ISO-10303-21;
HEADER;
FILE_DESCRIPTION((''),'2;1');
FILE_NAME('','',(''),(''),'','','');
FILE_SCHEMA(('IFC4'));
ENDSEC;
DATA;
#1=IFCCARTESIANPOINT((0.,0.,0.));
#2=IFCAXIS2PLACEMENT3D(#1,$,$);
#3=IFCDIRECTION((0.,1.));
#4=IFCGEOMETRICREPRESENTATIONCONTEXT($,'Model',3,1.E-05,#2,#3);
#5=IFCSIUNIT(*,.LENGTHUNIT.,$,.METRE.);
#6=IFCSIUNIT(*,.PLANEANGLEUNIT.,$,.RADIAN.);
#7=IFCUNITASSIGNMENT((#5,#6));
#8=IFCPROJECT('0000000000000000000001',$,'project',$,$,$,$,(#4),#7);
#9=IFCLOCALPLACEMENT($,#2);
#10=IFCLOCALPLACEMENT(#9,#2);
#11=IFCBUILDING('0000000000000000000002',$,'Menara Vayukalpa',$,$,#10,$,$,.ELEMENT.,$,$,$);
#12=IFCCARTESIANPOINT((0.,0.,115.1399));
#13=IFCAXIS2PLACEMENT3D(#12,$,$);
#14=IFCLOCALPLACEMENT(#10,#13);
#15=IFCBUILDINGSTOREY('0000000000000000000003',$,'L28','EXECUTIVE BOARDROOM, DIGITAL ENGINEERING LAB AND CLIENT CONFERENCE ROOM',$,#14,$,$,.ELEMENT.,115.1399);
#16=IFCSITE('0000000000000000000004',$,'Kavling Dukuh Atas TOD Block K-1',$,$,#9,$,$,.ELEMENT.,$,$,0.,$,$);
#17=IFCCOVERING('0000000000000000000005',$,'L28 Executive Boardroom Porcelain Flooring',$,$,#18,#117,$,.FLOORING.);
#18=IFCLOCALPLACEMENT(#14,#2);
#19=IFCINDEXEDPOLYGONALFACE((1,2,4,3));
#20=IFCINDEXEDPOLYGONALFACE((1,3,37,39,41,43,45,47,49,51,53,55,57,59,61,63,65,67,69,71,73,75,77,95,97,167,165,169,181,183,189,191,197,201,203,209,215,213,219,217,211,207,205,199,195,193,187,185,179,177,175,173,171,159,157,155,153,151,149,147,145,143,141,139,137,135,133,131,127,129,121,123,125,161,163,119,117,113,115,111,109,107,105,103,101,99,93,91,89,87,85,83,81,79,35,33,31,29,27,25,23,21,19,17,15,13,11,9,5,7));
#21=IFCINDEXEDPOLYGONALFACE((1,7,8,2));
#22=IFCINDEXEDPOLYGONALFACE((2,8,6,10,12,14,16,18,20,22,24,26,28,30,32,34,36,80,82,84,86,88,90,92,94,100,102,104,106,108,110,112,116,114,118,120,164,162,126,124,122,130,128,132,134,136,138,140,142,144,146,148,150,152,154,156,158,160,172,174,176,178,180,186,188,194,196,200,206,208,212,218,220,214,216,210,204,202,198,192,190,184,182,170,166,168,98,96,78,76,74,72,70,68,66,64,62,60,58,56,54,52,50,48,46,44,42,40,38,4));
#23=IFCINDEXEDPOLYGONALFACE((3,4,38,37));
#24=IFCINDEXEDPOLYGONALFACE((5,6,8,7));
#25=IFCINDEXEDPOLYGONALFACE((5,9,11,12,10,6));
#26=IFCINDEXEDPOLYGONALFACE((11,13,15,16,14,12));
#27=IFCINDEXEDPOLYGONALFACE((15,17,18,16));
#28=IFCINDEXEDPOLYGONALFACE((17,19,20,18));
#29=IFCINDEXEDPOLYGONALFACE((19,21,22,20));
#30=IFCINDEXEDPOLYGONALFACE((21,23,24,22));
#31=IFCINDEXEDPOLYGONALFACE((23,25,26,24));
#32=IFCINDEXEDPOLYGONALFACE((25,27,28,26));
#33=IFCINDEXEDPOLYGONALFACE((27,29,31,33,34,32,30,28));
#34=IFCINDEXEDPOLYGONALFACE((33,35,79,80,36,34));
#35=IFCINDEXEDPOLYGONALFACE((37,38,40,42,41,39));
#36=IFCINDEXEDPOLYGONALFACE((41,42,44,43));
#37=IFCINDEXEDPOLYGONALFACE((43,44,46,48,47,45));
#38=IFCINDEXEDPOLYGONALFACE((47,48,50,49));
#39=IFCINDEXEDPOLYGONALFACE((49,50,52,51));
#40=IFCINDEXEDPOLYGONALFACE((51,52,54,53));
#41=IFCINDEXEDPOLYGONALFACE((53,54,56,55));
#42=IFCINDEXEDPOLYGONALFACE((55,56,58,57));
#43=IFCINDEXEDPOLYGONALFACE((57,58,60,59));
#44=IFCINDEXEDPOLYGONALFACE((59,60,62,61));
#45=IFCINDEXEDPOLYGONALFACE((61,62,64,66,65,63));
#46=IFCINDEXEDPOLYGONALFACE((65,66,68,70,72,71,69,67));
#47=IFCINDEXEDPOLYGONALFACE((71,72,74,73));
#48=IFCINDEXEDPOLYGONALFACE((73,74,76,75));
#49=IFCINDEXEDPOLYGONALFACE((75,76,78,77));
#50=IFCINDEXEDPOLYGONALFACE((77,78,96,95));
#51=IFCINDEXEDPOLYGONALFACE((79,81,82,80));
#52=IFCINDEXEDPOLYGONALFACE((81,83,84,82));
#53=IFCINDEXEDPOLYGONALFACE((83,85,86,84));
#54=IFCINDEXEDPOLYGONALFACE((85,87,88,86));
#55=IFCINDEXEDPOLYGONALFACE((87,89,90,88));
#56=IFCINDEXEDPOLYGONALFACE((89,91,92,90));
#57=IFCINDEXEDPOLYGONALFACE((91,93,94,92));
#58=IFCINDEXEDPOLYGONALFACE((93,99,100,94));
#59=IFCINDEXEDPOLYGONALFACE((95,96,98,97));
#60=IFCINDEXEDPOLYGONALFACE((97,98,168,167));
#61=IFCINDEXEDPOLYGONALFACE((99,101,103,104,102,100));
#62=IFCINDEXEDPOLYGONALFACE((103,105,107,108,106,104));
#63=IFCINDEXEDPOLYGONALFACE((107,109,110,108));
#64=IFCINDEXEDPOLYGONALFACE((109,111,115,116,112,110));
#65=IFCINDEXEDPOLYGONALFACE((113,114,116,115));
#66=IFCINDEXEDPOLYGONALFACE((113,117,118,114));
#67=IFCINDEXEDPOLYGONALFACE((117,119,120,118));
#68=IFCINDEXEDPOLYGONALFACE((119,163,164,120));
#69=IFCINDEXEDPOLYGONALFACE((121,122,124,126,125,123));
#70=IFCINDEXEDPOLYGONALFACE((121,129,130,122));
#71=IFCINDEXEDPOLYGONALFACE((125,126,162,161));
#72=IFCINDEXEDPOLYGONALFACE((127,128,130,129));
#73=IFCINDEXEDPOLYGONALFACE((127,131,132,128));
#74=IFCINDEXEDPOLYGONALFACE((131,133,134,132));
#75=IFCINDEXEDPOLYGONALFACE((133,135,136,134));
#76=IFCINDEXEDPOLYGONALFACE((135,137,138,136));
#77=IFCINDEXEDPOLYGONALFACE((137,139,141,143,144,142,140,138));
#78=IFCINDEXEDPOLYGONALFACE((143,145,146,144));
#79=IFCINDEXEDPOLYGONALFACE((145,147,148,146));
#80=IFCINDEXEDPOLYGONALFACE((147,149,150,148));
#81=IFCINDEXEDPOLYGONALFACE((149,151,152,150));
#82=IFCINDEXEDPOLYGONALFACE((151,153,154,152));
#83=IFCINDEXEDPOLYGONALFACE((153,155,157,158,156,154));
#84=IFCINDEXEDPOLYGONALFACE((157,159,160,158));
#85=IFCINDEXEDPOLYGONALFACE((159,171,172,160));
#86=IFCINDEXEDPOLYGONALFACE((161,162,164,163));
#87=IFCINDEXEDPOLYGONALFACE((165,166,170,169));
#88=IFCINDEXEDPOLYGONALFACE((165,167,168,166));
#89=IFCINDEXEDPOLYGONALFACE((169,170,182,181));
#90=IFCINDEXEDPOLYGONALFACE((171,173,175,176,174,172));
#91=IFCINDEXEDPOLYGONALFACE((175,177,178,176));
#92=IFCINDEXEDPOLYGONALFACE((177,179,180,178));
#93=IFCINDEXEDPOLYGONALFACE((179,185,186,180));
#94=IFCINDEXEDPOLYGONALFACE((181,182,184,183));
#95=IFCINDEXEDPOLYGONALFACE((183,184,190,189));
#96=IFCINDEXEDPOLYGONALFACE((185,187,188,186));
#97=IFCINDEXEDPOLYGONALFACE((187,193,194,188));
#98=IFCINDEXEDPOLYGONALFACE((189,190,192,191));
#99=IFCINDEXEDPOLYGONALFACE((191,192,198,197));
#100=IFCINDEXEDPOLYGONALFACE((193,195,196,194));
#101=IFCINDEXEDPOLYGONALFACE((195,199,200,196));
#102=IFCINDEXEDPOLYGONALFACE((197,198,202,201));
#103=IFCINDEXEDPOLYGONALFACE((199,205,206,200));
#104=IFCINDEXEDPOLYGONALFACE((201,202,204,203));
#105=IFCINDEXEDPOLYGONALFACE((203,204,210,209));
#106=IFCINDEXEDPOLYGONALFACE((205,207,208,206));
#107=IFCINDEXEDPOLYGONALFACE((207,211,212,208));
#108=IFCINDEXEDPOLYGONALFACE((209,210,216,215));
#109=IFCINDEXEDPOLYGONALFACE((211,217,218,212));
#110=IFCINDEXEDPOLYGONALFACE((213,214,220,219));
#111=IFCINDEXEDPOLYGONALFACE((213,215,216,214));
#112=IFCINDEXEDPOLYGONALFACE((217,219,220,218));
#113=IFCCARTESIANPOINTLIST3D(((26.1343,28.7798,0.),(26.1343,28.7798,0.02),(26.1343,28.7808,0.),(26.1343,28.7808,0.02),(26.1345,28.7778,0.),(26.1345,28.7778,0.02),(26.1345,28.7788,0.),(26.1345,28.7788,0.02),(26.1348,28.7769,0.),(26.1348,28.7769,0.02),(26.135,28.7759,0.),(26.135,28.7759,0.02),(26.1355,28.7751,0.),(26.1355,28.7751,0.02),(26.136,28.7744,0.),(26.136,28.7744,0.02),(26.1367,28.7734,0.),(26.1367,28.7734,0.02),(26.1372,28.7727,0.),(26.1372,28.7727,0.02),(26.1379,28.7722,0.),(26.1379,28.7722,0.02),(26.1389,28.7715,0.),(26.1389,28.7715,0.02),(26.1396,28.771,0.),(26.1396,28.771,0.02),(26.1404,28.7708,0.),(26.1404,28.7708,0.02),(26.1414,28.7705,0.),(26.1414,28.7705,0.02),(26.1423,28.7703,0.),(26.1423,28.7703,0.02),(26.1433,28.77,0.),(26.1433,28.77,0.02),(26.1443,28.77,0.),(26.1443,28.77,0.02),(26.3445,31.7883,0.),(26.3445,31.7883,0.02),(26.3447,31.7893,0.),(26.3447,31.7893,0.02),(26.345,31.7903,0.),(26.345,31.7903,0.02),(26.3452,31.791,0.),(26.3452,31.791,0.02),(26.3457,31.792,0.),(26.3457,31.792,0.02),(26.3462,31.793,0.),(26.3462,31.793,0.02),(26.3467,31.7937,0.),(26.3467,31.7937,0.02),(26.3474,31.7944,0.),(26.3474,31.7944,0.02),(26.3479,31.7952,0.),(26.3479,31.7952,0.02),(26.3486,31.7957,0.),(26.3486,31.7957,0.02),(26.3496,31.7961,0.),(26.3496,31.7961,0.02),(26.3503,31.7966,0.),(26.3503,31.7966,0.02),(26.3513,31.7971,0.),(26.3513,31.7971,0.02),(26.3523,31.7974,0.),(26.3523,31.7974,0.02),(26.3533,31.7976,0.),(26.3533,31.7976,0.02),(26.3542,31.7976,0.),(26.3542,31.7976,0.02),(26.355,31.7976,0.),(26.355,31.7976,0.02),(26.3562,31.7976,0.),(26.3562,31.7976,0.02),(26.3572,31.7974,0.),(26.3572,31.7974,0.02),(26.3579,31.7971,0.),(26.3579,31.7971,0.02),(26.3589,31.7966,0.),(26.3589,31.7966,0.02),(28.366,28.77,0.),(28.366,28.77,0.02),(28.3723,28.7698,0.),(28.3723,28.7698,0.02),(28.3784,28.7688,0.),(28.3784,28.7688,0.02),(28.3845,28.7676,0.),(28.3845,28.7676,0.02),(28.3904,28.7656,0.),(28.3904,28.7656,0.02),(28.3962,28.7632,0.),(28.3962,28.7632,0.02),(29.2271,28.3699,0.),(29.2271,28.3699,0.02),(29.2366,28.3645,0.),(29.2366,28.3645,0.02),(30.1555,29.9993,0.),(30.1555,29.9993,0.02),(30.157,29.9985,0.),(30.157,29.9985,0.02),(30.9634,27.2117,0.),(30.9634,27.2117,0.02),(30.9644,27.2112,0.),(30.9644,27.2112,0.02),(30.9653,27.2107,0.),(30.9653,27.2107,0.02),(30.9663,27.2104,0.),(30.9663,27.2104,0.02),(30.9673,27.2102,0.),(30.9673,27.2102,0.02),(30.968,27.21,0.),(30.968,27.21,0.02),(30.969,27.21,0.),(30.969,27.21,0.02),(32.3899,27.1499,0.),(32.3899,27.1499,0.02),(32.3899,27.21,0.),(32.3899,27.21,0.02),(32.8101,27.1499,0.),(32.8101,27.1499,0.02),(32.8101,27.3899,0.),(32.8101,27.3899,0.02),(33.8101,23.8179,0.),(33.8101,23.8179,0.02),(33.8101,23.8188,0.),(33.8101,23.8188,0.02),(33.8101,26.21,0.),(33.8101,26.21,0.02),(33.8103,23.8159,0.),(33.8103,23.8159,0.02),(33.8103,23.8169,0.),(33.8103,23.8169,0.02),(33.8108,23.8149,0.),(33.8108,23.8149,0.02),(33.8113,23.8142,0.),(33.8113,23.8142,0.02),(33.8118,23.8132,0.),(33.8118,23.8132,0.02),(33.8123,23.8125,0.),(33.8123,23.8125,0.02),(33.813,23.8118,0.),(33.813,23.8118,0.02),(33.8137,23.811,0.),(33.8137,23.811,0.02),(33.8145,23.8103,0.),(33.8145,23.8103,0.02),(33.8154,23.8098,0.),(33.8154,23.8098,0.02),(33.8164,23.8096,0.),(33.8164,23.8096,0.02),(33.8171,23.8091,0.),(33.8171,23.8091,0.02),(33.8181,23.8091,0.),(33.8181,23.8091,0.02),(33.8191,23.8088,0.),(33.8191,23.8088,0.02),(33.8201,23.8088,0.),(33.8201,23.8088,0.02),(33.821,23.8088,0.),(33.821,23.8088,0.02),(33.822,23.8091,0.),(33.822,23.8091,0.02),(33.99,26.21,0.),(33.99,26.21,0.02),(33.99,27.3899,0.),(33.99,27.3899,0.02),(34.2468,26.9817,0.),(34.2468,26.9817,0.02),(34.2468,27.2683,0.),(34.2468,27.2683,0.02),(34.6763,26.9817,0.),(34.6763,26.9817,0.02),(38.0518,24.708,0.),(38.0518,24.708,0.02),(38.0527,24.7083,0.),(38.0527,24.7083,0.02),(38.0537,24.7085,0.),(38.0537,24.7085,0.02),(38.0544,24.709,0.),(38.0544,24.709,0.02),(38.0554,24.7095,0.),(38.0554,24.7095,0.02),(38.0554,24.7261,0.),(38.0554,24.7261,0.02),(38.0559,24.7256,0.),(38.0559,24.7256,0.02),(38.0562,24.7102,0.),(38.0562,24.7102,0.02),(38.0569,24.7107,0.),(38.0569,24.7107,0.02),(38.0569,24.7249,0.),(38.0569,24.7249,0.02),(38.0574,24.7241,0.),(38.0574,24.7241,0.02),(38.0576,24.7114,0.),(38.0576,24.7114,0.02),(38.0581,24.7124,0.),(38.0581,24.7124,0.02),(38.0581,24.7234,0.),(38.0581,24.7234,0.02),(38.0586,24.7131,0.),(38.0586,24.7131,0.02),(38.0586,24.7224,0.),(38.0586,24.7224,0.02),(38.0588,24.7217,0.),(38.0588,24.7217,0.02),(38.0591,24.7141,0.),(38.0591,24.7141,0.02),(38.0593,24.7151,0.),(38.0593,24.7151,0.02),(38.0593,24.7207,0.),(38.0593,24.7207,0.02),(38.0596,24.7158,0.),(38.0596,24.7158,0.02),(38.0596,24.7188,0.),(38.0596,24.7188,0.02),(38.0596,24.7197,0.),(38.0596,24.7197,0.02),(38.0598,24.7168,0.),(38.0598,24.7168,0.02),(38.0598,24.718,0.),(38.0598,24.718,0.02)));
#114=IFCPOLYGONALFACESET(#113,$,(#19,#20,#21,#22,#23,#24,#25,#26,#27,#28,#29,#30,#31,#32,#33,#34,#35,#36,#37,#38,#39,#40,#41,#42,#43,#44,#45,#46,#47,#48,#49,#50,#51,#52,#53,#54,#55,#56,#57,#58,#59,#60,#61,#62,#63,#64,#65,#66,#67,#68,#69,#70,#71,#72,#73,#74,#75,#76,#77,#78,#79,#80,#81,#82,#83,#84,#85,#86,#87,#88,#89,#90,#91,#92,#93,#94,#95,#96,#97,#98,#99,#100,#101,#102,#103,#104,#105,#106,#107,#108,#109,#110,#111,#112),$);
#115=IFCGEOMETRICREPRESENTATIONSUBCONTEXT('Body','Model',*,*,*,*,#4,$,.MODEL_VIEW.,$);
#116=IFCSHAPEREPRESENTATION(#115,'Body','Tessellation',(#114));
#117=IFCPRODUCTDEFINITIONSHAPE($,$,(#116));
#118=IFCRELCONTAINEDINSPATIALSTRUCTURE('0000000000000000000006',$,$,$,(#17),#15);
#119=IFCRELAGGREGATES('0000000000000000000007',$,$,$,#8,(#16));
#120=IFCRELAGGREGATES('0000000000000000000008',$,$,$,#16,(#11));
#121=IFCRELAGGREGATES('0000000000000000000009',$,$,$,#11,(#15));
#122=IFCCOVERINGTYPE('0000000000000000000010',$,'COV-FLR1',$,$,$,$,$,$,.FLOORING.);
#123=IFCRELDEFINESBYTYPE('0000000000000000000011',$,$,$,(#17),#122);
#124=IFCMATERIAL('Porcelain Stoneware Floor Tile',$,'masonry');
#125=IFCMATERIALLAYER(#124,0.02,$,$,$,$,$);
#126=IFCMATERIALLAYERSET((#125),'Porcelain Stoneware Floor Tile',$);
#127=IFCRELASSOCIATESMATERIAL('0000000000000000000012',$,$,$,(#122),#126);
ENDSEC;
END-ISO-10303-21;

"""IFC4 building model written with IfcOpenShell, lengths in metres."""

from ifc_helpers import new_model, si_unit, direction, frame, origin, place, context, subcontext, project, spatial, polyline, outline, extrude, material, layer, layer_set, type_object, element, save


model = new_model("IFC4")

# Units and contexts
model_context = context("Model", 3, precision=1e-05, world=origin(), true_north=direction((0.0, 1.0)))
body_context = subcontext(model_context, "Body", "Model", "MODEL_VIEW")
ifc_project = project(units=[si_unit("LENGTHUNIT", "METRE"), si_unit("PLANEANGLEUNIT", "RADIAN")], contexts=[model_context])

# Site, building, storey
site_placement = place(None, origin())
site = spatial("IfcSite", under=ifc_project, at=site_placement, Name="Kavling Dukuh Atas TOD Block K-1", CompositionType="ELEMENT", RefElevation=0.0)
building_placement = place(site_placement, origin())
building = spatial("IfcBuilding", under=site, at=building_placement, Name="Menara Vayukalpa", CompositionType="ELEMENT")
storey_placement = place(building_placement, frame((0.0, 0.0, 115.1399)))
storey = spatial("IfcBuildingStorey", under=building, at=storey_placement, Name="L28", Description="EXECUTIVE BOARDROOM, DIGITAL ENGINEERING LAB AND CLIENT CONFERENCE ROOM", CompositionType="ELEMENT", Elevation=115.1399)

# Covering
ifc_material_1 = material(Name="Porcelain Stoneware Floor Tile", Category="masonry")
ifc_layer_1 = layer(ifc_material_1, 0.02)
ifc_layer_set_1 = layer_set([ifc_layer_1], Name="Porcelain Stoneware Floor Tile")
covering_type_1 = type_object("IfcCoveringType", Name="COV-FLR1", PredefinedType="FLOORING", material=ifc_layer_set_1)
covering_1_placement = place(storey_placement, origin())
element("IfcCovering", 1, at=covering_1_placement, inside=storey, type_object=covering_type_1, Name="L28 Executive Boardroom Porcelain Flooring", PredefinedType="FLOORING", context=body_context, shape_type="SweptSolid", body=[
    extrude(outline(polyline([(30.969, 27.21), (30.968, 27.21), (30.9673, 27.2102), (30.9663, 27.2104), (30.9653, 27.2107), (30.9644, 27.2112), (30.9634, 27.2117), (29.2366, 28.3645), (29.2271, 28.3699), (28.3962, 28.7632), (28.3904, 28.7656), (28.3845, 28.7676), (28.3784, 28.7688), (28.3723, 28.7698), (28.366, 28.77), (26.1443, 28.77), (26.1433, 28.77), (26.1423, 28.7703), (26.1414, 28.7705), (26.1404, 28.7708), (26.1396, 28.771), (26.1389, 28.7715), (26.1379, 28.7722), (26.1372, 28.7727), (26.1367, 28.7734), (26.136, 28.7744), (26.1355, 28.7751), (26.135, 28.7759), (26.1348, 28.7769), (26.1345, 28.7778), (26.1345, 28.7788), (26.1343, 28.7798), (26.1343, 28.7808), (26.3445, 31.7883), (26.3447, 31.7893), (26.345, 31.7903), (26.3452, 31.791), (26.3457, 31.792), (26.3462, 31.793), (26.3467, 31.7937), (26.3474, 31.7944), (26.3479, 31.7952), (26.3486, 31.7957), (26.3496, 31.7961), (26.3503, 31.7966), (26.3513, 31.7971), (26.3523, 31.7974), (26.3533, 31.7976), (26.3542, 31.7976), (26.355, 31.7976), (26.3562, 31.7976), (26.3572, 31.7974), (26.3579, 31.7971), (26.3589, 31.7966), (30.1555, 29.9993), (30.157, 29.9985), (34.2468, 27.2683), (34.2468, 26.9817), (34.6763, 26.9817), (38.0554, 24.7261), (38.0559, 24.7256), (38.0569, 24.7249), (38.0574, 24.7241), (38.0581, 24.7234), (38.0586, 24.7224), (38.0588, 24.7217), (38.0593, 24.7207), (38.0596, 24.7197), (38.0596, 24.7188), (38.0598, 24.718), (38.0598, 24.7168), (38.0596, 24.7158), (38.0593, 24.7151), (38.0591, 24.7141), (38.0586, 24.7131), (38.0581, 24.7124), (38.0576, 24.7114), (38.0569, 24.7107), (38.0562, 24.7102), (38.0554, 24.7095), (38.0544, 24.709), (38.0537, 24.7085), (38.0527, 24.7083), (38.0518, 24.708), (33.822, 23.8091), (33.821, 23.8088), (33.8201, 23.8088), (33.8191, 23.8088), (33.8181, 23.8091), (33.8171, 23.8091), (33.8164, 23.8096), (33.8154, 23.8098), (33.8145, 23.8103), (33.8137, 23.811), (33.813, 23.8118), (33.8123, 23.8125), (33.8118, 23.8132), (33.8113, 23.8142), (33.8108, 23.8149), (33.8103, 23.8159), (33.8103, 23.8169), (33.8101, 23.8179), (33.8101, 23.8188), (33.8101, 26.21), (33.99, 26.21), (33.99, 27.3899), (32.8101, 27.3899), (32.8101, 27.1499), (32.3899, 27.1499), (32.3899, 27.21), (30.969, 27.21)])), origin(), (0.0, 0.0, 1.0), 0.02),
])

save(model, "model.ifc")
